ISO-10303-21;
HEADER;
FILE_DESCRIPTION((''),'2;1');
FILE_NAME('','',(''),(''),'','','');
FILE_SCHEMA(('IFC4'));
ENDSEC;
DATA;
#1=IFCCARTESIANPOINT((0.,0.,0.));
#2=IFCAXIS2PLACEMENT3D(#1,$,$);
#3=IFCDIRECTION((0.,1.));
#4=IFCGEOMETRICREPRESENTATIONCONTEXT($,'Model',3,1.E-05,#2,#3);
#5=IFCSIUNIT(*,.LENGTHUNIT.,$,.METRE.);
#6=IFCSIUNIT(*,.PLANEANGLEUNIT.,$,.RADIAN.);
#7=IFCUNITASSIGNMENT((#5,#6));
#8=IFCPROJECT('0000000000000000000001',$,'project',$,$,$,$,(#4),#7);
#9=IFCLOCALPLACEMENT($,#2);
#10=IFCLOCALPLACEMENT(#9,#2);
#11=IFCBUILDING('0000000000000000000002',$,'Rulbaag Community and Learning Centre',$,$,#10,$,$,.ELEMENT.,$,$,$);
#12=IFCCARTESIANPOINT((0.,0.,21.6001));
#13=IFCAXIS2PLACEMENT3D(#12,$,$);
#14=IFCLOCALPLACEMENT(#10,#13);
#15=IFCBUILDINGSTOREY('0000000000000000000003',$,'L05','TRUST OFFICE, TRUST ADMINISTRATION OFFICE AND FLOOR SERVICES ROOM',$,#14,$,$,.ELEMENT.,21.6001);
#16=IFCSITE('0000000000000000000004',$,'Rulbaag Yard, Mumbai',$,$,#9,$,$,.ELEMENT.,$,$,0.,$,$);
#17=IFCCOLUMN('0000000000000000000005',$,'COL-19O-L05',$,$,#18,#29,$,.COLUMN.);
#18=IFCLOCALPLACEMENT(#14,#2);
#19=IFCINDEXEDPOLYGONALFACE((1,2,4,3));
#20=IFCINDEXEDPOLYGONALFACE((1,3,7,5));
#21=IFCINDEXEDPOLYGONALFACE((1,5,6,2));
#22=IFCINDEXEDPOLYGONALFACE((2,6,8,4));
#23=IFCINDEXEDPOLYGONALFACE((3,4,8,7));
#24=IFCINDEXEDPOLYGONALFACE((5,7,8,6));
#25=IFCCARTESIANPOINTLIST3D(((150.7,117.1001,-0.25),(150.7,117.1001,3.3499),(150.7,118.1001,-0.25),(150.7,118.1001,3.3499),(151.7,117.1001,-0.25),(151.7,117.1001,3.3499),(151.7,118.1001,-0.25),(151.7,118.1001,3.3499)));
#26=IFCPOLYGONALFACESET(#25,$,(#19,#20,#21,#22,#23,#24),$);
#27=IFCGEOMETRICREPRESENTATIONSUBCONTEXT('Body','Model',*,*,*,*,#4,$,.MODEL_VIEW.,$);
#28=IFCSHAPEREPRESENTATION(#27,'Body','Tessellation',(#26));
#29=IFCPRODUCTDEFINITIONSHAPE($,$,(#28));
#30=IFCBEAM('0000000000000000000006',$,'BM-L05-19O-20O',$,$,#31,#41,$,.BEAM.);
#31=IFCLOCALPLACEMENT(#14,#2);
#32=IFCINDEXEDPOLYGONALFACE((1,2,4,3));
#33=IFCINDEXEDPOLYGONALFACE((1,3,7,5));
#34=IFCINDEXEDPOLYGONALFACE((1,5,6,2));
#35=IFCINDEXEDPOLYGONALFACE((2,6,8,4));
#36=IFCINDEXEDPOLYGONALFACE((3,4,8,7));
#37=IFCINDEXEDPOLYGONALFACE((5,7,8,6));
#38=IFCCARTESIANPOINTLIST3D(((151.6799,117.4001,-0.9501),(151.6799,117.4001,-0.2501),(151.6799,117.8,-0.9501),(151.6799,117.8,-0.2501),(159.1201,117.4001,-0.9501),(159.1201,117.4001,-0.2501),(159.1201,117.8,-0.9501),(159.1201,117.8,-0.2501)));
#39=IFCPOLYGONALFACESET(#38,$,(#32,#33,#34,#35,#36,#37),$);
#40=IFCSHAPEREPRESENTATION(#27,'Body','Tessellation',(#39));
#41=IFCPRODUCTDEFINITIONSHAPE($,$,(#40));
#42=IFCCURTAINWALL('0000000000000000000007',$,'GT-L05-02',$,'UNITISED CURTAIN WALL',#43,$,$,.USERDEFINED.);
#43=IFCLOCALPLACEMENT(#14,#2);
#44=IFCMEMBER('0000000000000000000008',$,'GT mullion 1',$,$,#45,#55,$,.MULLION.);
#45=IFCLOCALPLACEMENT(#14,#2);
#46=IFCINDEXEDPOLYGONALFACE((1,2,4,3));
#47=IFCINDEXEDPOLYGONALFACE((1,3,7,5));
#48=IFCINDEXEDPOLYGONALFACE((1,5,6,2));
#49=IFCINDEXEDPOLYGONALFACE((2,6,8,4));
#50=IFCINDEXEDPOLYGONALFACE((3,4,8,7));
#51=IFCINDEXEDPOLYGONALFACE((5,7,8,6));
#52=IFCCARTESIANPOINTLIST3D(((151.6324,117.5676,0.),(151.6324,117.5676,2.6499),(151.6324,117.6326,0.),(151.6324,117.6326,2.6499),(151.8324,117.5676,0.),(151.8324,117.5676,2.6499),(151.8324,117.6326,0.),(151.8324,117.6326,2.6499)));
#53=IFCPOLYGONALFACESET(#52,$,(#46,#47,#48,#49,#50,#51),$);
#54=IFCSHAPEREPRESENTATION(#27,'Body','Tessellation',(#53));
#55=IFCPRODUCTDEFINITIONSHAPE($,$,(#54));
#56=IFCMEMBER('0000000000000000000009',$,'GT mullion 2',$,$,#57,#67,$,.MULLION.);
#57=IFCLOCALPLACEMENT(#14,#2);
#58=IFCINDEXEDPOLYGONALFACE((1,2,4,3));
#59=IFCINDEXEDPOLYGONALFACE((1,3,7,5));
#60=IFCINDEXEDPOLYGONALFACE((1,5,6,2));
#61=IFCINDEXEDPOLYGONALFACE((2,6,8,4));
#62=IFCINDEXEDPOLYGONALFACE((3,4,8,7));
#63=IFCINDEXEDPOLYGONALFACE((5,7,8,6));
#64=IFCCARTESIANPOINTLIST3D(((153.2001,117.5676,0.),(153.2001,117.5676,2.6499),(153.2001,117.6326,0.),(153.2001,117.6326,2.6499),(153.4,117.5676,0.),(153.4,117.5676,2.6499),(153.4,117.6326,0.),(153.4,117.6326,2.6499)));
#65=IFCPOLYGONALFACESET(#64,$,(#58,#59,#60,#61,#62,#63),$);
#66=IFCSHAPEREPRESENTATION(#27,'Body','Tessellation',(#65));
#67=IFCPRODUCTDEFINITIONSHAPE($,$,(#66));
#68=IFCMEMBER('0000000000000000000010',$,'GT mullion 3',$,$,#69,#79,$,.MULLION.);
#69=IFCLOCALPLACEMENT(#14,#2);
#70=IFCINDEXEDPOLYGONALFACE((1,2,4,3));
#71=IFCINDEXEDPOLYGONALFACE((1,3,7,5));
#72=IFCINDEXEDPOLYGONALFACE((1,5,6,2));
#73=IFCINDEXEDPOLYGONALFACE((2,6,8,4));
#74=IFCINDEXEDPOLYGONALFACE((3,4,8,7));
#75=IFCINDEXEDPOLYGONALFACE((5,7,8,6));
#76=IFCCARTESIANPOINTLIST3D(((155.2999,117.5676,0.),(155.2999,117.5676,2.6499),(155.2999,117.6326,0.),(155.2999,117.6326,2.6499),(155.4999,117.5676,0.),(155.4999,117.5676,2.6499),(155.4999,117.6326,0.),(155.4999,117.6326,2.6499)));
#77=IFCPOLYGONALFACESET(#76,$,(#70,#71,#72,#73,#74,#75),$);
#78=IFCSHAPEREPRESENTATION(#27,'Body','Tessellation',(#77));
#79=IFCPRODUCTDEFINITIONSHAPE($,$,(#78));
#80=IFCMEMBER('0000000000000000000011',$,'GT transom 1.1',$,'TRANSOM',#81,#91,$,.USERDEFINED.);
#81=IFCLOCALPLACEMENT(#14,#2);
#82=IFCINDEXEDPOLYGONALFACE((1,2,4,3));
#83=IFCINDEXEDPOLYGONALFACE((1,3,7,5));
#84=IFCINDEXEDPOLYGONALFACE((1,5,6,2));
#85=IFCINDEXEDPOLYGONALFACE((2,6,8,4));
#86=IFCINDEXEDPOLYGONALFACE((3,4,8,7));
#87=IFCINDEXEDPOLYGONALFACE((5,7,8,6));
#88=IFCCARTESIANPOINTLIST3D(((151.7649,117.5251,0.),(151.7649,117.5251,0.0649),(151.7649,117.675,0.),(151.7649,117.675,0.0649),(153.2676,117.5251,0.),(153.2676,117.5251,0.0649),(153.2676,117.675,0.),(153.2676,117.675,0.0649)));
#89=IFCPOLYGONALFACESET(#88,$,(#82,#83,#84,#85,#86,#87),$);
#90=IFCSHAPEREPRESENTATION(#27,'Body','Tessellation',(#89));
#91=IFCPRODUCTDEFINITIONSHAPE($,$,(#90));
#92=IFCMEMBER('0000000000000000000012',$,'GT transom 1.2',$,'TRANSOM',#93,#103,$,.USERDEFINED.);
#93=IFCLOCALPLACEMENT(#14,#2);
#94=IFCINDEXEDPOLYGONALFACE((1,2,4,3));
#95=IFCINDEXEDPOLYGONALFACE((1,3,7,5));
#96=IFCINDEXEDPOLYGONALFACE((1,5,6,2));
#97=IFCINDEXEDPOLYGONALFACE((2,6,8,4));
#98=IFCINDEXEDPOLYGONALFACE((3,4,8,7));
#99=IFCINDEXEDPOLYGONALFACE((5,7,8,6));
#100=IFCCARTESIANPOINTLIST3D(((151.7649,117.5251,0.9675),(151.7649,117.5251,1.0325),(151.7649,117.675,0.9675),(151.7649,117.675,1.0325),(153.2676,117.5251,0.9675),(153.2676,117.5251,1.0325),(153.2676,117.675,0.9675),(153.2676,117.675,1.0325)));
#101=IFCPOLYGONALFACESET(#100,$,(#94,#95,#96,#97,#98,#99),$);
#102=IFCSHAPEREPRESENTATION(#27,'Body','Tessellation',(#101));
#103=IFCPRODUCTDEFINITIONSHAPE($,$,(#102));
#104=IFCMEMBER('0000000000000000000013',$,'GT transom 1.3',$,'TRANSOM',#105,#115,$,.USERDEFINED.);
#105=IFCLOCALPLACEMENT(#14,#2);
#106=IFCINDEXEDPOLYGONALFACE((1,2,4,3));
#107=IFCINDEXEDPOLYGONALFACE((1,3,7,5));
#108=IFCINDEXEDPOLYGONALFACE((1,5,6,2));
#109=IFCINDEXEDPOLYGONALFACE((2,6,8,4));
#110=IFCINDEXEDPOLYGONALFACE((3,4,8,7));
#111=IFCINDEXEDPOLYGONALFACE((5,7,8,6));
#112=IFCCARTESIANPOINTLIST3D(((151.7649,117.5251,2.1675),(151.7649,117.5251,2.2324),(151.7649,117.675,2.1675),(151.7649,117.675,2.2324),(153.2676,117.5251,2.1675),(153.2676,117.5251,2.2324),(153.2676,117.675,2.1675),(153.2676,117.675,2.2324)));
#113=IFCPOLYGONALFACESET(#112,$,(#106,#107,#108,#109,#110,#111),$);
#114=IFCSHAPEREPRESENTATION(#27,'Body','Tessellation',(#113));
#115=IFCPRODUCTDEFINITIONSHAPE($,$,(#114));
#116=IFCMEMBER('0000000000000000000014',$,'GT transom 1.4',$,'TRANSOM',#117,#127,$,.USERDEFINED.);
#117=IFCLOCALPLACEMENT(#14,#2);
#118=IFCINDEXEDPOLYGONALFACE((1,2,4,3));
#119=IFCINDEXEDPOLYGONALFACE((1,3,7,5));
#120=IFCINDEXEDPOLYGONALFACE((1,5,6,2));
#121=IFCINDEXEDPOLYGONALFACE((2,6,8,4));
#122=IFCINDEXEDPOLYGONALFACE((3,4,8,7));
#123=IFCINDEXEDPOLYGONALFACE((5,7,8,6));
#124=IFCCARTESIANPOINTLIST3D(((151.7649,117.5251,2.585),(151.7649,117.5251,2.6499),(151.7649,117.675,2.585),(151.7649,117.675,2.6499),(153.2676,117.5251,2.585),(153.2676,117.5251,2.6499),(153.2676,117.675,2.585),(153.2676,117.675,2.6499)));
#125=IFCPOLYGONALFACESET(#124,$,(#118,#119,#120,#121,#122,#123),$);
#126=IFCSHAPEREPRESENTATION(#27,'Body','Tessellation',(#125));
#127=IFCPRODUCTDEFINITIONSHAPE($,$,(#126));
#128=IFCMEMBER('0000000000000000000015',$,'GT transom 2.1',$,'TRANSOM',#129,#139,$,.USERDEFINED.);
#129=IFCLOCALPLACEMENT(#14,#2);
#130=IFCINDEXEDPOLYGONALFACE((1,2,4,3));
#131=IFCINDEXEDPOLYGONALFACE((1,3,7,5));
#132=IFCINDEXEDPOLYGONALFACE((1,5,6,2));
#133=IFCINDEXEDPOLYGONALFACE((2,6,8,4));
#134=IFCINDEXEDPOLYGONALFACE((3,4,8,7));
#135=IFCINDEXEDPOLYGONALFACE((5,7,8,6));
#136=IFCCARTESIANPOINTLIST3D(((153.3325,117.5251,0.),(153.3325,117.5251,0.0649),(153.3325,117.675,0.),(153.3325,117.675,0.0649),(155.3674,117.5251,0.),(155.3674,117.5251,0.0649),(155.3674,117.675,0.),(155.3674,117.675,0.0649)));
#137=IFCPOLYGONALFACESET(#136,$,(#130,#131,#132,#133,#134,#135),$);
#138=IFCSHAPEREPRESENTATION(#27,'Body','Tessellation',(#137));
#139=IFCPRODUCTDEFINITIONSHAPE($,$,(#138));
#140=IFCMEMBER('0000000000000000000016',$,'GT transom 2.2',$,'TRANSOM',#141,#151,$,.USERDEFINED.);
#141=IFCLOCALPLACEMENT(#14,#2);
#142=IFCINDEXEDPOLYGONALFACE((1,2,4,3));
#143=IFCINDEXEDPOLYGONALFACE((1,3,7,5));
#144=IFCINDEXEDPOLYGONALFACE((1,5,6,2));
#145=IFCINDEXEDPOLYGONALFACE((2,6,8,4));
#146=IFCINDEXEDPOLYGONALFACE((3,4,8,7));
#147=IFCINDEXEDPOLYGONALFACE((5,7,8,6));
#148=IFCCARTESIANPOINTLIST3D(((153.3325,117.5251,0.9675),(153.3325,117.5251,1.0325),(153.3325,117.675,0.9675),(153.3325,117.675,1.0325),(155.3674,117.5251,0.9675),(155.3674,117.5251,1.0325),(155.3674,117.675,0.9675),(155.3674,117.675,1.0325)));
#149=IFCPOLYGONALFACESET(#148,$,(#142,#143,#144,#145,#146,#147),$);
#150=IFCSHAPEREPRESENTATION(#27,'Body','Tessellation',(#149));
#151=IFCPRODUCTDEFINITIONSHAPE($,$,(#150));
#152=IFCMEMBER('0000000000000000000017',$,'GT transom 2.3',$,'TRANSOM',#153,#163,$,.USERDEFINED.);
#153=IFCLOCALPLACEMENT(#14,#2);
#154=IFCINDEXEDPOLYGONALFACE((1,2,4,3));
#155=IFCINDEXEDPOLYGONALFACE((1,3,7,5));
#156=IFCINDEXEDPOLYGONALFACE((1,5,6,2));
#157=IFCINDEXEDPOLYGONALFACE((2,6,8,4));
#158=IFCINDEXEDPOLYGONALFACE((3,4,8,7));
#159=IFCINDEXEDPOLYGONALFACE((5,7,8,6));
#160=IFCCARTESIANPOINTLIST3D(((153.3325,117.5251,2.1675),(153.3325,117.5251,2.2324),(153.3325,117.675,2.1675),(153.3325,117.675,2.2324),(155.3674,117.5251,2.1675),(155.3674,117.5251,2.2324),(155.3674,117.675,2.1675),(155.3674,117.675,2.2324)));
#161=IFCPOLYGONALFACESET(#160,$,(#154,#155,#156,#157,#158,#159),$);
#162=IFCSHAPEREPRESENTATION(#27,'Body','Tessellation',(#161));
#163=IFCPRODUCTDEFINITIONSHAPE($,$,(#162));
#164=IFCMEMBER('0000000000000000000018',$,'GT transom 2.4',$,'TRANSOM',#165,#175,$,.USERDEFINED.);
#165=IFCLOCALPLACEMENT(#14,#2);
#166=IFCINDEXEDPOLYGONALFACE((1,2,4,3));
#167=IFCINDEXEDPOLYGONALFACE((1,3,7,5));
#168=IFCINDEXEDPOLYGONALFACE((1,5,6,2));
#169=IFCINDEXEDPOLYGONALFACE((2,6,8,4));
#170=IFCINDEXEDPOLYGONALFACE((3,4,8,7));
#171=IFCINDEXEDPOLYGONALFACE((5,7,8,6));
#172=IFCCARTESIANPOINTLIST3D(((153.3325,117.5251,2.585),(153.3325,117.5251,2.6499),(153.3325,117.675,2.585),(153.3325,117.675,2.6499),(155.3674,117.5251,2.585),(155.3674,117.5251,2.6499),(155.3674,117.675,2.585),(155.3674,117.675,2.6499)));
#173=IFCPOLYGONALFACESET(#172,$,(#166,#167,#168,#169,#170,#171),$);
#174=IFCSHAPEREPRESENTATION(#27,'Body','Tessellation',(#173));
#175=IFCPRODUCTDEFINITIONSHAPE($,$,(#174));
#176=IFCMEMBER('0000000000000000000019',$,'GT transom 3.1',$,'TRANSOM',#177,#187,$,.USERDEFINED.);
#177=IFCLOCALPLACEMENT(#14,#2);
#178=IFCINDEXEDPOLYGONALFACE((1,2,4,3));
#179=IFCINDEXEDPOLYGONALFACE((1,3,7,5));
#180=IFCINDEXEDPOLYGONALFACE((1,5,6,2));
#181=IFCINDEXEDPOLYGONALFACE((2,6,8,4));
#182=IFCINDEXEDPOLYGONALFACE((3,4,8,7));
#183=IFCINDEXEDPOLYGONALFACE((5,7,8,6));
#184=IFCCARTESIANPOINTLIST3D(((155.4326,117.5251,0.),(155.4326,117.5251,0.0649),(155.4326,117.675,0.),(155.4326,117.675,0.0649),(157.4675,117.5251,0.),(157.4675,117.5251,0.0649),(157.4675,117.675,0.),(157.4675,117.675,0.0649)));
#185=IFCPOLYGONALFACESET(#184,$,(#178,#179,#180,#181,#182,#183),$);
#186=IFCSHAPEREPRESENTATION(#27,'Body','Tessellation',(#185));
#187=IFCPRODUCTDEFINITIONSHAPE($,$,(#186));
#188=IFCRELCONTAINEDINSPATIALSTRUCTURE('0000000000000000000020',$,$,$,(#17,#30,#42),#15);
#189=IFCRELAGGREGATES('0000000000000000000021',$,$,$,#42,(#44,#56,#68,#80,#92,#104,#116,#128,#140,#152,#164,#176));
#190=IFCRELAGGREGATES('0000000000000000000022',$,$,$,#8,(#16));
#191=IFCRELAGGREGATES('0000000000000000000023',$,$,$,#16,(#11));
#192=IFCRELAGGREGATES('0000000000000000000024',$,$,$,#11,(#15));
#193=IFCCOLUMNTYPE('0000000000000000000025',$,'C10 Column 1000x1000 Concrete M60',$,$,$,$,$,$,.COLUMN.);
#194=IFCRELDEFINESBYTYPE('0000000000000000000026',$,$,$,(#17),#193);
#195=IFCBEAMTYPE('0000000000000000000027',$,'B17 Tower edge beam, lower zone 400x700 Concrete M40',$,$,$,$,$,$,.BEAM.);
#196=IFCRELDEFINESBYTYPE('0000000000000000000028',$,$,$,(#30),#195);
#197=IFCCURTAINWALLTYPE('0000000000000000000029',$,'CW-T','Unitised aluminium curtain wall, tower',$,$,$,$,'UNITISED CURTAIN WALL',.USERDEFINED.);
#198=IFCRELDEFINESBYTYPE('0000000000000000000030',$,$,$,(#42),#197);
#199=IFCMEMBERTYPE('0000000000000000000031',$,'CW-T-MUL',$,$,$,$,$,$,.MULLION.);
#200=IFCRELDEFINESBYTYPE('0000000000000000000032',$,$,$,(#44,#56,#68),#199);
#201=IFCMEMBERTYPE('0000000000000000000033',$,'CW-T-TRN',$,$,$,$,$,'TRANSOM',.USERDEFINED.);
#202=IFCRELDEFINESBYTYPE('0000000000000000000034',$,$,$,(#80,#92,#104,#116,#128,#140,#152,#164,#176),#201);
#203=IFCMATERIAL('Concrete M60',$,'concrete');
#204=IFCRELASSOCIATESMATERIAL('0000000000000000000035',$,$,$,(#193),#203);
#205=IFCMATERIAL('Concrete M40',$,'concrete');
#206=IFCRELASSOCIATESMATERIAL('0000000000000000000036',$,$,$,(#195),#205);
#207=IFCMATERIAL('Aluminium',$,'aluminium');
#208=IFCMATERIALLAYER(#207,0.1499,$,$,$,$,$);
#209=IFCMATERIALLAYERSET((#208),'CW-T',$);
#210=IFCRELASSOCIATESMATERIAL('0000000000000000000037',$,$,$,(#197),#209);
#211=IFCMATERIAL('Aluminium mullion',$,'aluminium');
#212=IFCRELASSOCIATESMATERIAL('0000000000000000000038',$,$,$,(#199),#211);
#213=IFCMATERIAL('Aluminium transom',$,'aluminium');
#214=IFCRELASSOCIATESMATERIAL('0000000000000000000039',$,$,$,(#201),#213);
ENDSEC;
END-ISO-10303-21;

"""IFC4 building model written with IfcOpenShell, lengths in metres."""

from ifc_helpers import new_model, si_unit, direction, frame, origin, origin_2d, place, context, subcontext, project, spatial, rectangle, extrude, material, layer, layer_set, material_profile, profile_set, type_object, element, aggregate, save


model = new_model("IFC4")

# Units and contexts
model_context = context("Model", 3, precision=1e-05, world=origin(), true_north=direction((0.0, 1.0)))
body_context = subcontext(model_context, "Body", "Model", "MODEL_VIEW")
ifc_project = project(units=[si_unit("LENGTHUNIT", "METRE"), si_unit("PLANEANGLEUNIT", "RADIAN")], contexts=[model_context])

# Site, building, storey
site_placement = place(None, origin())
site = spatial("IfcSite", under=ifc_project, at=site_placement, Name="Rulbaag Yard, Mumbai", CompositionType="ELEMENT", RefElevation=0.0)
building_placement = place(site_placement, origin())
building = spatial("IfcBuilding", under=site, at=building_placement, Name="Rulbaag Community and Learning Centre", CompositionType="ELEMENT")
storey_placement = place(building_placement, frame((0.0, 0.0, 21.6001)))
storey = spatial("IfcBuildingStorey", under=building, at=storey_placement, Name="L05", Description="TRUST OFFICE, TRUST ADMINISTRATION OFFICE AND FLOOR SERVICES ROOM", CompositionType="ELEMENT", Elevation=21.6001)

# Column
ifc_material_1 = material(Name="Concrete M60", Category="concrete")
ifc_material_profile_1 = material_profile(ifc_material_1, rectangle(XDim=1.0, YDim=1.0, at=origin_2d()), Name="RC1000x1000")
ifc_profile_set_1 = profile_set([ifc_material_profile_1], Name="Concrete M60")
column_type = type_object("IfcColumnType", Name="C10 Column 1000x1000 Concrete M60", PredefinedType="COLUMN", material=ifc_profile_set_1)
column_placement = place(storey_placement, frame((151.2, 117.6001, -0.25), z_axis=(0.0, 0.0, 1.0), x_axis=(1.0, 0.0, 0.0)))
element("IfcColumn", 1, at=column_placement, inside=storey, type_object=column_type, Name="COL-19O-L05", PredefinedType="COLUMN", context=body_context, shape_type="SweptSolid", body=[
    extrude(rectangle(XDim=1.0, YDim=1.0, at=origin_2d()), origin(), (0.0, 0.0, 1.0), 3.5999),
])

# Beam
ifc_material_2 = material(Name="Concrete M40", Category="concrete")
ifc_material_profile_2 = material_profile(ifc_material_2, rectangle(XDim=0.3999, YDim=0.7, at=origin_2d()), Name="RB400x700")
ifc_profile_set_2 = profile_set([ifc_material_profile_2], Name="Concrete M40")
beam_type = type_object("IfcBeamType", Name="B17 Tower edge beam, lower zone 400x700 Concrete M40", PredefinedType="BEAM", material=ifc_profile_set_2)
beam_placement = place(storey_placement, frame((151.6799, 117.6001, -0.6001), z_axis=(1.0, 0.0, 0.0), x_axis=(0.0, 1.0, 0.0)))
element("IfcBeam", 2, at=beam_placement, inside=storey, type_object=beam_type, Name="BM-L05-19O-20O", PredefinedType="BEAM", context=body_context, shape_type="SweptSolid", body=[
    extrude(rectangle(XDim=0.3999, YDim=0.7, at=origin_2d()), origin(), (0.0, 0.0, 1.0), 7.4402),
])

# Curtain wall, members
ifc_material_3 = material(Name="Aluminium", Category="aluminium")
ifc_layer_1 = layer(ifc_material_3, 0.1499)
ifc_layer_set_1 = layer_set([ifc_layer_1], Name="CW-T")
curtain_wall_type = type_object("IfcCurtainWallType", Name="CW-T", Description="Unitised aluminium curtain wall, tower", ElementType="UNITISED CURTAIN WALL", PredefinedType="USERDEFINED", material=ifc_layer_set_1)
curtain_wall_placement = place(storey_placement, origin())
curtain_wall = element("IfcCurtainWall", 3, at=curtain_wall_placement, inside=storey, type_object=curtain_wall_type, Name="GT-L05-02", ObjectType="UNITISED CURTAIN WALL", PredefinedType="USERDEFINED")
ifc_material_4 = material(Name="Aluminium mullion", Category="aluminium")
ifc_material_profile_3 = material_profile(ifc_material_4, rectangle(XDim=0.0649, YDim=0.2, at=origin_2d()), Name="AL 65x200")
ifc_profile_set_3 = profile_set([ifc_material_profile_3], Name="Aluminium mullion")
member_type_1 = type_object("IfcMemberType", Name="CW-T-MUL", PredefinedType="MULLION", material=ifc_profile_set_3)
member_1_placement = place(storey_placement, frame((151.7324, 117.6001, 0.0), z_axis=(0.0, 0.0, 1.0), x_axis=(0.0, 1.0, 0.0)))
member_1 = element("IfcMember", 4, at=member_1_placement, type_object=member_type_1, Name="GT mullion 1", PredefinedType="MULLION", context=body_context, shape_type="SweptSolid", body=[
    extrude(rectangle(XDim=0.0649, YDim=0.2, at=origin_2d()), origin(), (0.0, 0.0, 1.0), 2.6499),
])
member_2_placement = place(storey_placement, frame((153.3, 117.6001, 0.0), z_axis=(0.0, 0.0, 1.0), x_axis=(0.0, 1.0, 0.0)))
member_2 = element("IfcMember", 5, at=member_2_placement, type_object=member_type_1, Name="GT mullion 2", PredefinedType="MULLION", context=body_context, shape_type="SweptSolid", body=[
    extrude(rectangle(XDim=0.0649, YDim=0.2, at=origin_2d()), origin(), (0.0, 0.0, 1.0), 2.6499),
])
member_3_placement = place(storey_placement, frame((155.3999, 117.6001, 0.0), z_axis=(0.0, 0.0, 1.0), x_axis=(0.0, 1.0, 0.0)))
member_3 = element("IfcMember", 6, at=member_3_placement, type_object=member_type_1, Name="GT mullion 3", PredefinedType="MULLION", context=body_context, shape_type="SweptSolid", body=[
    extrude(rectangle(XDim=0.0649, YDim=0.2, at=origin_2d()), origin(), (0.0, 0.0, 1.0), 2.6499),
])
ifc_material_5 = material(Name="Aluminium transom", Category="aluminium")
ifc_material_profile_4 = material_profile(ifc_material_5, rectangle(XDim=0.1499, YDim=0.0649, at=origin_2d()), Name="AL 65x150 T")
ifc_profile_set_4 = profile_set([ifc_material_profile_4], Name="Aluminium transom")
member_type_2 = type_object("IfcMemberType", Name="CW-T-TRN", ElementType="TRANSOM", PredefinedType="USERDEFINED", material=ifc_profile_set_4)
member_4_placement = place(storey_placement, frame((151.7649, 117.6001, 0.0325), z_axis=(1.0, 0.0, 0.0), x_axis=(0.0, 1.0, 0.0)))
member_4 = element("IfcMember", 7, at=member_4_placement, type_object=member_type_2, Name="GT transom 1.1", ObjectType="TRANSOM", PredefinedType="USERDEFINED", context=body_context, shape_type="SweptSolid", body=[
    extrude(rectangle(XDim=0.1499, YDim=0.0649, at=origin_2d()), origin(), (0.0, 0.0, 1.0), 1.5027),
])
member_5_placement = place(storey_placement, frame((151.7649, 117.6001, 1.0), z_axis=(1.0, 0.0, 0.0), x_axis=(0.0, 1.0, 0.0)))
member_5 = element("IfcMember", 8, at=member_5_placement, type_object=member_type_2, Name="GT transom 1.2", ObjectType="TRANSOM", PredefinedType="USERDEFINED", context=body_context, shape_type="SweptSolid", body=[
    extrude(rectangle(XDim=0.1499, YDim=0.0649, at=origin_2d()), origin(), (0.0, 0.0, 1.0), 1.5027),
])
member_6_placement = place(storey_placement, frame((151.7649, 117.6001, 2.2), z_axis=(1.0, 0.0, 0.0), x_axis=(0.0, 1.0, 0.0)))
member_6 = element("IfcMember", 9, at=member_6_placement, type_object=member_type_2, Name="GT transom 1.3", ObjectType="TRANSOM", PredefinedType="USERDEFINED", context=body_context, shape_type="SweptSolid", body=[
    extrude(rectangle(XDim=0.1499, YDim=0.0649, at=origin_2d()), origin(), (0.0, 0.0, 1.0), 1.5027),
])
member_7_placement = place(storey_placement, frame((151.7649, 117.6001, 2.6174), z_axis=(1.0, 0.0, 0.0), x_axis=(0.0, 1.0, 0.0)))
member_7 = element("IfcMember", 10, at=member_7_placement, type_object=member_type_2, Name="GT transom 1.4", ObjectType="TRANSOM", PredefinedType="USERDEFINED", context=body_context, shape_type="SweptSolid", body=[
    extrude(rectangle(XDim=0.1499, YDim=0.0649, at=origin_2d()), origin(), (0.0, 0.0, 1.0), 1.5027),
])
member_8_placement = place(storey_placement, frame((153.3325, 117.6001, 0.0325), z_axis=(1.0, 0.0, 0.0), x_axis=(0.0, 1.0, 0.0)))
member_8 = element("IfcMember", 11, at=member_8_placement, type_object=member_type_2, Name="GT transom 2.1", ObjectType="TRANSOM", PredefinedType="USERDEFINED", context=body_context, shape_type="SweptSolid", body=[
    extrude(rectangle(XDim=0.1499, YDim=0.0649, at=origin_2d()), origin(), (0.0, 0.0, 1.0), 2.0349),
])
member_9_placement = place(storey_placement, frame((153.3325, 117.6001, 1.0), z_axis=(1.0, 0.0, 0.0), x_axis=(0.0, 1.0, 0.0)))
member_9 = element("IfcMember", 12, at=member_9_placement, type_object=member_type_2, Name="GT transom 2.2", ObjectType="TRANSOM", PredefinedType="USERDEFINED", context=body_context, shape_type="SweptSolid", body=[
    extrude(rectangle(XDim=0.1499, YDim=0.0649, at=origin_2d()), origin(), (0.0, 0.0, 1.0), 2.0349),
])
member_10_placement = place(storey_placement, frame((153.3325, 117.6001, 2.2), z_axis=(1.0, 0.0, 0.0), x_axis=(0.0, 1.0, 0.0)))
member_10 = element("IfcMember", 13, at=member_10_placement, type_object=member_type_2, Name="GT transom 2.3", ObjectType="TRANSOM", PredefinedType="USERDEFINED", context=body_context, shape_type="SweptSolid", body=[
    extrude(rectangle(XDim=0.1499, YDim=0.0649, at=origin_2d()), origin(), (0.0, 0.0, 1.0), 2.0349),
])
member_11_placement = place(storey_placement, frame((153.3325, 117.6001, 2.6174), z_axis=(1.0, 0.0, 0.0), x_axis=(0.0, 1.0, 0.0)))
member_11 = element("IfcMember", 14, at=member_11_placement, type_object=member_type_2, Name="GT transom 2.4", ObjectType="TRANSOM", PredefinedType="USERDEFINED", context=body_context, shape_type="SweptSolid", body=[
    extrude(rectangle(XDim=0.1499, YDim=0.0649, at=origin_2d()), origin(), (0.0, 0.0, 1.0), 2.0349),
])
member_12_placement = place(storey_placement, frame((155.4326, 117.6001, 0.0325), z_axis=(1.0, 0.0, 0.0), x_axis=(0.0, 1.0, 0.0)))
member_12 = element("IfcMember", 15, at=member_12_placement, type_object=member_type_2, Name="GT transom 3.1", ObjectType="TRANSOM", PredefinedType="USERDEFINED", context=body_context, shape_type="SweptSolid", body=[
    extrude(rectangle(XDim=0.1499, YDim=0.0649, at=origin_2d()), origin(), (0.0, 0.0, 1.0), 2.0349),
])
aggregate(curtain_wall, [member_1, member_2, member_3, member_4, member_5, member_6, member_7, member_8, member_9, member_10, member_11, member_12])

save(model, "model.ifc")
